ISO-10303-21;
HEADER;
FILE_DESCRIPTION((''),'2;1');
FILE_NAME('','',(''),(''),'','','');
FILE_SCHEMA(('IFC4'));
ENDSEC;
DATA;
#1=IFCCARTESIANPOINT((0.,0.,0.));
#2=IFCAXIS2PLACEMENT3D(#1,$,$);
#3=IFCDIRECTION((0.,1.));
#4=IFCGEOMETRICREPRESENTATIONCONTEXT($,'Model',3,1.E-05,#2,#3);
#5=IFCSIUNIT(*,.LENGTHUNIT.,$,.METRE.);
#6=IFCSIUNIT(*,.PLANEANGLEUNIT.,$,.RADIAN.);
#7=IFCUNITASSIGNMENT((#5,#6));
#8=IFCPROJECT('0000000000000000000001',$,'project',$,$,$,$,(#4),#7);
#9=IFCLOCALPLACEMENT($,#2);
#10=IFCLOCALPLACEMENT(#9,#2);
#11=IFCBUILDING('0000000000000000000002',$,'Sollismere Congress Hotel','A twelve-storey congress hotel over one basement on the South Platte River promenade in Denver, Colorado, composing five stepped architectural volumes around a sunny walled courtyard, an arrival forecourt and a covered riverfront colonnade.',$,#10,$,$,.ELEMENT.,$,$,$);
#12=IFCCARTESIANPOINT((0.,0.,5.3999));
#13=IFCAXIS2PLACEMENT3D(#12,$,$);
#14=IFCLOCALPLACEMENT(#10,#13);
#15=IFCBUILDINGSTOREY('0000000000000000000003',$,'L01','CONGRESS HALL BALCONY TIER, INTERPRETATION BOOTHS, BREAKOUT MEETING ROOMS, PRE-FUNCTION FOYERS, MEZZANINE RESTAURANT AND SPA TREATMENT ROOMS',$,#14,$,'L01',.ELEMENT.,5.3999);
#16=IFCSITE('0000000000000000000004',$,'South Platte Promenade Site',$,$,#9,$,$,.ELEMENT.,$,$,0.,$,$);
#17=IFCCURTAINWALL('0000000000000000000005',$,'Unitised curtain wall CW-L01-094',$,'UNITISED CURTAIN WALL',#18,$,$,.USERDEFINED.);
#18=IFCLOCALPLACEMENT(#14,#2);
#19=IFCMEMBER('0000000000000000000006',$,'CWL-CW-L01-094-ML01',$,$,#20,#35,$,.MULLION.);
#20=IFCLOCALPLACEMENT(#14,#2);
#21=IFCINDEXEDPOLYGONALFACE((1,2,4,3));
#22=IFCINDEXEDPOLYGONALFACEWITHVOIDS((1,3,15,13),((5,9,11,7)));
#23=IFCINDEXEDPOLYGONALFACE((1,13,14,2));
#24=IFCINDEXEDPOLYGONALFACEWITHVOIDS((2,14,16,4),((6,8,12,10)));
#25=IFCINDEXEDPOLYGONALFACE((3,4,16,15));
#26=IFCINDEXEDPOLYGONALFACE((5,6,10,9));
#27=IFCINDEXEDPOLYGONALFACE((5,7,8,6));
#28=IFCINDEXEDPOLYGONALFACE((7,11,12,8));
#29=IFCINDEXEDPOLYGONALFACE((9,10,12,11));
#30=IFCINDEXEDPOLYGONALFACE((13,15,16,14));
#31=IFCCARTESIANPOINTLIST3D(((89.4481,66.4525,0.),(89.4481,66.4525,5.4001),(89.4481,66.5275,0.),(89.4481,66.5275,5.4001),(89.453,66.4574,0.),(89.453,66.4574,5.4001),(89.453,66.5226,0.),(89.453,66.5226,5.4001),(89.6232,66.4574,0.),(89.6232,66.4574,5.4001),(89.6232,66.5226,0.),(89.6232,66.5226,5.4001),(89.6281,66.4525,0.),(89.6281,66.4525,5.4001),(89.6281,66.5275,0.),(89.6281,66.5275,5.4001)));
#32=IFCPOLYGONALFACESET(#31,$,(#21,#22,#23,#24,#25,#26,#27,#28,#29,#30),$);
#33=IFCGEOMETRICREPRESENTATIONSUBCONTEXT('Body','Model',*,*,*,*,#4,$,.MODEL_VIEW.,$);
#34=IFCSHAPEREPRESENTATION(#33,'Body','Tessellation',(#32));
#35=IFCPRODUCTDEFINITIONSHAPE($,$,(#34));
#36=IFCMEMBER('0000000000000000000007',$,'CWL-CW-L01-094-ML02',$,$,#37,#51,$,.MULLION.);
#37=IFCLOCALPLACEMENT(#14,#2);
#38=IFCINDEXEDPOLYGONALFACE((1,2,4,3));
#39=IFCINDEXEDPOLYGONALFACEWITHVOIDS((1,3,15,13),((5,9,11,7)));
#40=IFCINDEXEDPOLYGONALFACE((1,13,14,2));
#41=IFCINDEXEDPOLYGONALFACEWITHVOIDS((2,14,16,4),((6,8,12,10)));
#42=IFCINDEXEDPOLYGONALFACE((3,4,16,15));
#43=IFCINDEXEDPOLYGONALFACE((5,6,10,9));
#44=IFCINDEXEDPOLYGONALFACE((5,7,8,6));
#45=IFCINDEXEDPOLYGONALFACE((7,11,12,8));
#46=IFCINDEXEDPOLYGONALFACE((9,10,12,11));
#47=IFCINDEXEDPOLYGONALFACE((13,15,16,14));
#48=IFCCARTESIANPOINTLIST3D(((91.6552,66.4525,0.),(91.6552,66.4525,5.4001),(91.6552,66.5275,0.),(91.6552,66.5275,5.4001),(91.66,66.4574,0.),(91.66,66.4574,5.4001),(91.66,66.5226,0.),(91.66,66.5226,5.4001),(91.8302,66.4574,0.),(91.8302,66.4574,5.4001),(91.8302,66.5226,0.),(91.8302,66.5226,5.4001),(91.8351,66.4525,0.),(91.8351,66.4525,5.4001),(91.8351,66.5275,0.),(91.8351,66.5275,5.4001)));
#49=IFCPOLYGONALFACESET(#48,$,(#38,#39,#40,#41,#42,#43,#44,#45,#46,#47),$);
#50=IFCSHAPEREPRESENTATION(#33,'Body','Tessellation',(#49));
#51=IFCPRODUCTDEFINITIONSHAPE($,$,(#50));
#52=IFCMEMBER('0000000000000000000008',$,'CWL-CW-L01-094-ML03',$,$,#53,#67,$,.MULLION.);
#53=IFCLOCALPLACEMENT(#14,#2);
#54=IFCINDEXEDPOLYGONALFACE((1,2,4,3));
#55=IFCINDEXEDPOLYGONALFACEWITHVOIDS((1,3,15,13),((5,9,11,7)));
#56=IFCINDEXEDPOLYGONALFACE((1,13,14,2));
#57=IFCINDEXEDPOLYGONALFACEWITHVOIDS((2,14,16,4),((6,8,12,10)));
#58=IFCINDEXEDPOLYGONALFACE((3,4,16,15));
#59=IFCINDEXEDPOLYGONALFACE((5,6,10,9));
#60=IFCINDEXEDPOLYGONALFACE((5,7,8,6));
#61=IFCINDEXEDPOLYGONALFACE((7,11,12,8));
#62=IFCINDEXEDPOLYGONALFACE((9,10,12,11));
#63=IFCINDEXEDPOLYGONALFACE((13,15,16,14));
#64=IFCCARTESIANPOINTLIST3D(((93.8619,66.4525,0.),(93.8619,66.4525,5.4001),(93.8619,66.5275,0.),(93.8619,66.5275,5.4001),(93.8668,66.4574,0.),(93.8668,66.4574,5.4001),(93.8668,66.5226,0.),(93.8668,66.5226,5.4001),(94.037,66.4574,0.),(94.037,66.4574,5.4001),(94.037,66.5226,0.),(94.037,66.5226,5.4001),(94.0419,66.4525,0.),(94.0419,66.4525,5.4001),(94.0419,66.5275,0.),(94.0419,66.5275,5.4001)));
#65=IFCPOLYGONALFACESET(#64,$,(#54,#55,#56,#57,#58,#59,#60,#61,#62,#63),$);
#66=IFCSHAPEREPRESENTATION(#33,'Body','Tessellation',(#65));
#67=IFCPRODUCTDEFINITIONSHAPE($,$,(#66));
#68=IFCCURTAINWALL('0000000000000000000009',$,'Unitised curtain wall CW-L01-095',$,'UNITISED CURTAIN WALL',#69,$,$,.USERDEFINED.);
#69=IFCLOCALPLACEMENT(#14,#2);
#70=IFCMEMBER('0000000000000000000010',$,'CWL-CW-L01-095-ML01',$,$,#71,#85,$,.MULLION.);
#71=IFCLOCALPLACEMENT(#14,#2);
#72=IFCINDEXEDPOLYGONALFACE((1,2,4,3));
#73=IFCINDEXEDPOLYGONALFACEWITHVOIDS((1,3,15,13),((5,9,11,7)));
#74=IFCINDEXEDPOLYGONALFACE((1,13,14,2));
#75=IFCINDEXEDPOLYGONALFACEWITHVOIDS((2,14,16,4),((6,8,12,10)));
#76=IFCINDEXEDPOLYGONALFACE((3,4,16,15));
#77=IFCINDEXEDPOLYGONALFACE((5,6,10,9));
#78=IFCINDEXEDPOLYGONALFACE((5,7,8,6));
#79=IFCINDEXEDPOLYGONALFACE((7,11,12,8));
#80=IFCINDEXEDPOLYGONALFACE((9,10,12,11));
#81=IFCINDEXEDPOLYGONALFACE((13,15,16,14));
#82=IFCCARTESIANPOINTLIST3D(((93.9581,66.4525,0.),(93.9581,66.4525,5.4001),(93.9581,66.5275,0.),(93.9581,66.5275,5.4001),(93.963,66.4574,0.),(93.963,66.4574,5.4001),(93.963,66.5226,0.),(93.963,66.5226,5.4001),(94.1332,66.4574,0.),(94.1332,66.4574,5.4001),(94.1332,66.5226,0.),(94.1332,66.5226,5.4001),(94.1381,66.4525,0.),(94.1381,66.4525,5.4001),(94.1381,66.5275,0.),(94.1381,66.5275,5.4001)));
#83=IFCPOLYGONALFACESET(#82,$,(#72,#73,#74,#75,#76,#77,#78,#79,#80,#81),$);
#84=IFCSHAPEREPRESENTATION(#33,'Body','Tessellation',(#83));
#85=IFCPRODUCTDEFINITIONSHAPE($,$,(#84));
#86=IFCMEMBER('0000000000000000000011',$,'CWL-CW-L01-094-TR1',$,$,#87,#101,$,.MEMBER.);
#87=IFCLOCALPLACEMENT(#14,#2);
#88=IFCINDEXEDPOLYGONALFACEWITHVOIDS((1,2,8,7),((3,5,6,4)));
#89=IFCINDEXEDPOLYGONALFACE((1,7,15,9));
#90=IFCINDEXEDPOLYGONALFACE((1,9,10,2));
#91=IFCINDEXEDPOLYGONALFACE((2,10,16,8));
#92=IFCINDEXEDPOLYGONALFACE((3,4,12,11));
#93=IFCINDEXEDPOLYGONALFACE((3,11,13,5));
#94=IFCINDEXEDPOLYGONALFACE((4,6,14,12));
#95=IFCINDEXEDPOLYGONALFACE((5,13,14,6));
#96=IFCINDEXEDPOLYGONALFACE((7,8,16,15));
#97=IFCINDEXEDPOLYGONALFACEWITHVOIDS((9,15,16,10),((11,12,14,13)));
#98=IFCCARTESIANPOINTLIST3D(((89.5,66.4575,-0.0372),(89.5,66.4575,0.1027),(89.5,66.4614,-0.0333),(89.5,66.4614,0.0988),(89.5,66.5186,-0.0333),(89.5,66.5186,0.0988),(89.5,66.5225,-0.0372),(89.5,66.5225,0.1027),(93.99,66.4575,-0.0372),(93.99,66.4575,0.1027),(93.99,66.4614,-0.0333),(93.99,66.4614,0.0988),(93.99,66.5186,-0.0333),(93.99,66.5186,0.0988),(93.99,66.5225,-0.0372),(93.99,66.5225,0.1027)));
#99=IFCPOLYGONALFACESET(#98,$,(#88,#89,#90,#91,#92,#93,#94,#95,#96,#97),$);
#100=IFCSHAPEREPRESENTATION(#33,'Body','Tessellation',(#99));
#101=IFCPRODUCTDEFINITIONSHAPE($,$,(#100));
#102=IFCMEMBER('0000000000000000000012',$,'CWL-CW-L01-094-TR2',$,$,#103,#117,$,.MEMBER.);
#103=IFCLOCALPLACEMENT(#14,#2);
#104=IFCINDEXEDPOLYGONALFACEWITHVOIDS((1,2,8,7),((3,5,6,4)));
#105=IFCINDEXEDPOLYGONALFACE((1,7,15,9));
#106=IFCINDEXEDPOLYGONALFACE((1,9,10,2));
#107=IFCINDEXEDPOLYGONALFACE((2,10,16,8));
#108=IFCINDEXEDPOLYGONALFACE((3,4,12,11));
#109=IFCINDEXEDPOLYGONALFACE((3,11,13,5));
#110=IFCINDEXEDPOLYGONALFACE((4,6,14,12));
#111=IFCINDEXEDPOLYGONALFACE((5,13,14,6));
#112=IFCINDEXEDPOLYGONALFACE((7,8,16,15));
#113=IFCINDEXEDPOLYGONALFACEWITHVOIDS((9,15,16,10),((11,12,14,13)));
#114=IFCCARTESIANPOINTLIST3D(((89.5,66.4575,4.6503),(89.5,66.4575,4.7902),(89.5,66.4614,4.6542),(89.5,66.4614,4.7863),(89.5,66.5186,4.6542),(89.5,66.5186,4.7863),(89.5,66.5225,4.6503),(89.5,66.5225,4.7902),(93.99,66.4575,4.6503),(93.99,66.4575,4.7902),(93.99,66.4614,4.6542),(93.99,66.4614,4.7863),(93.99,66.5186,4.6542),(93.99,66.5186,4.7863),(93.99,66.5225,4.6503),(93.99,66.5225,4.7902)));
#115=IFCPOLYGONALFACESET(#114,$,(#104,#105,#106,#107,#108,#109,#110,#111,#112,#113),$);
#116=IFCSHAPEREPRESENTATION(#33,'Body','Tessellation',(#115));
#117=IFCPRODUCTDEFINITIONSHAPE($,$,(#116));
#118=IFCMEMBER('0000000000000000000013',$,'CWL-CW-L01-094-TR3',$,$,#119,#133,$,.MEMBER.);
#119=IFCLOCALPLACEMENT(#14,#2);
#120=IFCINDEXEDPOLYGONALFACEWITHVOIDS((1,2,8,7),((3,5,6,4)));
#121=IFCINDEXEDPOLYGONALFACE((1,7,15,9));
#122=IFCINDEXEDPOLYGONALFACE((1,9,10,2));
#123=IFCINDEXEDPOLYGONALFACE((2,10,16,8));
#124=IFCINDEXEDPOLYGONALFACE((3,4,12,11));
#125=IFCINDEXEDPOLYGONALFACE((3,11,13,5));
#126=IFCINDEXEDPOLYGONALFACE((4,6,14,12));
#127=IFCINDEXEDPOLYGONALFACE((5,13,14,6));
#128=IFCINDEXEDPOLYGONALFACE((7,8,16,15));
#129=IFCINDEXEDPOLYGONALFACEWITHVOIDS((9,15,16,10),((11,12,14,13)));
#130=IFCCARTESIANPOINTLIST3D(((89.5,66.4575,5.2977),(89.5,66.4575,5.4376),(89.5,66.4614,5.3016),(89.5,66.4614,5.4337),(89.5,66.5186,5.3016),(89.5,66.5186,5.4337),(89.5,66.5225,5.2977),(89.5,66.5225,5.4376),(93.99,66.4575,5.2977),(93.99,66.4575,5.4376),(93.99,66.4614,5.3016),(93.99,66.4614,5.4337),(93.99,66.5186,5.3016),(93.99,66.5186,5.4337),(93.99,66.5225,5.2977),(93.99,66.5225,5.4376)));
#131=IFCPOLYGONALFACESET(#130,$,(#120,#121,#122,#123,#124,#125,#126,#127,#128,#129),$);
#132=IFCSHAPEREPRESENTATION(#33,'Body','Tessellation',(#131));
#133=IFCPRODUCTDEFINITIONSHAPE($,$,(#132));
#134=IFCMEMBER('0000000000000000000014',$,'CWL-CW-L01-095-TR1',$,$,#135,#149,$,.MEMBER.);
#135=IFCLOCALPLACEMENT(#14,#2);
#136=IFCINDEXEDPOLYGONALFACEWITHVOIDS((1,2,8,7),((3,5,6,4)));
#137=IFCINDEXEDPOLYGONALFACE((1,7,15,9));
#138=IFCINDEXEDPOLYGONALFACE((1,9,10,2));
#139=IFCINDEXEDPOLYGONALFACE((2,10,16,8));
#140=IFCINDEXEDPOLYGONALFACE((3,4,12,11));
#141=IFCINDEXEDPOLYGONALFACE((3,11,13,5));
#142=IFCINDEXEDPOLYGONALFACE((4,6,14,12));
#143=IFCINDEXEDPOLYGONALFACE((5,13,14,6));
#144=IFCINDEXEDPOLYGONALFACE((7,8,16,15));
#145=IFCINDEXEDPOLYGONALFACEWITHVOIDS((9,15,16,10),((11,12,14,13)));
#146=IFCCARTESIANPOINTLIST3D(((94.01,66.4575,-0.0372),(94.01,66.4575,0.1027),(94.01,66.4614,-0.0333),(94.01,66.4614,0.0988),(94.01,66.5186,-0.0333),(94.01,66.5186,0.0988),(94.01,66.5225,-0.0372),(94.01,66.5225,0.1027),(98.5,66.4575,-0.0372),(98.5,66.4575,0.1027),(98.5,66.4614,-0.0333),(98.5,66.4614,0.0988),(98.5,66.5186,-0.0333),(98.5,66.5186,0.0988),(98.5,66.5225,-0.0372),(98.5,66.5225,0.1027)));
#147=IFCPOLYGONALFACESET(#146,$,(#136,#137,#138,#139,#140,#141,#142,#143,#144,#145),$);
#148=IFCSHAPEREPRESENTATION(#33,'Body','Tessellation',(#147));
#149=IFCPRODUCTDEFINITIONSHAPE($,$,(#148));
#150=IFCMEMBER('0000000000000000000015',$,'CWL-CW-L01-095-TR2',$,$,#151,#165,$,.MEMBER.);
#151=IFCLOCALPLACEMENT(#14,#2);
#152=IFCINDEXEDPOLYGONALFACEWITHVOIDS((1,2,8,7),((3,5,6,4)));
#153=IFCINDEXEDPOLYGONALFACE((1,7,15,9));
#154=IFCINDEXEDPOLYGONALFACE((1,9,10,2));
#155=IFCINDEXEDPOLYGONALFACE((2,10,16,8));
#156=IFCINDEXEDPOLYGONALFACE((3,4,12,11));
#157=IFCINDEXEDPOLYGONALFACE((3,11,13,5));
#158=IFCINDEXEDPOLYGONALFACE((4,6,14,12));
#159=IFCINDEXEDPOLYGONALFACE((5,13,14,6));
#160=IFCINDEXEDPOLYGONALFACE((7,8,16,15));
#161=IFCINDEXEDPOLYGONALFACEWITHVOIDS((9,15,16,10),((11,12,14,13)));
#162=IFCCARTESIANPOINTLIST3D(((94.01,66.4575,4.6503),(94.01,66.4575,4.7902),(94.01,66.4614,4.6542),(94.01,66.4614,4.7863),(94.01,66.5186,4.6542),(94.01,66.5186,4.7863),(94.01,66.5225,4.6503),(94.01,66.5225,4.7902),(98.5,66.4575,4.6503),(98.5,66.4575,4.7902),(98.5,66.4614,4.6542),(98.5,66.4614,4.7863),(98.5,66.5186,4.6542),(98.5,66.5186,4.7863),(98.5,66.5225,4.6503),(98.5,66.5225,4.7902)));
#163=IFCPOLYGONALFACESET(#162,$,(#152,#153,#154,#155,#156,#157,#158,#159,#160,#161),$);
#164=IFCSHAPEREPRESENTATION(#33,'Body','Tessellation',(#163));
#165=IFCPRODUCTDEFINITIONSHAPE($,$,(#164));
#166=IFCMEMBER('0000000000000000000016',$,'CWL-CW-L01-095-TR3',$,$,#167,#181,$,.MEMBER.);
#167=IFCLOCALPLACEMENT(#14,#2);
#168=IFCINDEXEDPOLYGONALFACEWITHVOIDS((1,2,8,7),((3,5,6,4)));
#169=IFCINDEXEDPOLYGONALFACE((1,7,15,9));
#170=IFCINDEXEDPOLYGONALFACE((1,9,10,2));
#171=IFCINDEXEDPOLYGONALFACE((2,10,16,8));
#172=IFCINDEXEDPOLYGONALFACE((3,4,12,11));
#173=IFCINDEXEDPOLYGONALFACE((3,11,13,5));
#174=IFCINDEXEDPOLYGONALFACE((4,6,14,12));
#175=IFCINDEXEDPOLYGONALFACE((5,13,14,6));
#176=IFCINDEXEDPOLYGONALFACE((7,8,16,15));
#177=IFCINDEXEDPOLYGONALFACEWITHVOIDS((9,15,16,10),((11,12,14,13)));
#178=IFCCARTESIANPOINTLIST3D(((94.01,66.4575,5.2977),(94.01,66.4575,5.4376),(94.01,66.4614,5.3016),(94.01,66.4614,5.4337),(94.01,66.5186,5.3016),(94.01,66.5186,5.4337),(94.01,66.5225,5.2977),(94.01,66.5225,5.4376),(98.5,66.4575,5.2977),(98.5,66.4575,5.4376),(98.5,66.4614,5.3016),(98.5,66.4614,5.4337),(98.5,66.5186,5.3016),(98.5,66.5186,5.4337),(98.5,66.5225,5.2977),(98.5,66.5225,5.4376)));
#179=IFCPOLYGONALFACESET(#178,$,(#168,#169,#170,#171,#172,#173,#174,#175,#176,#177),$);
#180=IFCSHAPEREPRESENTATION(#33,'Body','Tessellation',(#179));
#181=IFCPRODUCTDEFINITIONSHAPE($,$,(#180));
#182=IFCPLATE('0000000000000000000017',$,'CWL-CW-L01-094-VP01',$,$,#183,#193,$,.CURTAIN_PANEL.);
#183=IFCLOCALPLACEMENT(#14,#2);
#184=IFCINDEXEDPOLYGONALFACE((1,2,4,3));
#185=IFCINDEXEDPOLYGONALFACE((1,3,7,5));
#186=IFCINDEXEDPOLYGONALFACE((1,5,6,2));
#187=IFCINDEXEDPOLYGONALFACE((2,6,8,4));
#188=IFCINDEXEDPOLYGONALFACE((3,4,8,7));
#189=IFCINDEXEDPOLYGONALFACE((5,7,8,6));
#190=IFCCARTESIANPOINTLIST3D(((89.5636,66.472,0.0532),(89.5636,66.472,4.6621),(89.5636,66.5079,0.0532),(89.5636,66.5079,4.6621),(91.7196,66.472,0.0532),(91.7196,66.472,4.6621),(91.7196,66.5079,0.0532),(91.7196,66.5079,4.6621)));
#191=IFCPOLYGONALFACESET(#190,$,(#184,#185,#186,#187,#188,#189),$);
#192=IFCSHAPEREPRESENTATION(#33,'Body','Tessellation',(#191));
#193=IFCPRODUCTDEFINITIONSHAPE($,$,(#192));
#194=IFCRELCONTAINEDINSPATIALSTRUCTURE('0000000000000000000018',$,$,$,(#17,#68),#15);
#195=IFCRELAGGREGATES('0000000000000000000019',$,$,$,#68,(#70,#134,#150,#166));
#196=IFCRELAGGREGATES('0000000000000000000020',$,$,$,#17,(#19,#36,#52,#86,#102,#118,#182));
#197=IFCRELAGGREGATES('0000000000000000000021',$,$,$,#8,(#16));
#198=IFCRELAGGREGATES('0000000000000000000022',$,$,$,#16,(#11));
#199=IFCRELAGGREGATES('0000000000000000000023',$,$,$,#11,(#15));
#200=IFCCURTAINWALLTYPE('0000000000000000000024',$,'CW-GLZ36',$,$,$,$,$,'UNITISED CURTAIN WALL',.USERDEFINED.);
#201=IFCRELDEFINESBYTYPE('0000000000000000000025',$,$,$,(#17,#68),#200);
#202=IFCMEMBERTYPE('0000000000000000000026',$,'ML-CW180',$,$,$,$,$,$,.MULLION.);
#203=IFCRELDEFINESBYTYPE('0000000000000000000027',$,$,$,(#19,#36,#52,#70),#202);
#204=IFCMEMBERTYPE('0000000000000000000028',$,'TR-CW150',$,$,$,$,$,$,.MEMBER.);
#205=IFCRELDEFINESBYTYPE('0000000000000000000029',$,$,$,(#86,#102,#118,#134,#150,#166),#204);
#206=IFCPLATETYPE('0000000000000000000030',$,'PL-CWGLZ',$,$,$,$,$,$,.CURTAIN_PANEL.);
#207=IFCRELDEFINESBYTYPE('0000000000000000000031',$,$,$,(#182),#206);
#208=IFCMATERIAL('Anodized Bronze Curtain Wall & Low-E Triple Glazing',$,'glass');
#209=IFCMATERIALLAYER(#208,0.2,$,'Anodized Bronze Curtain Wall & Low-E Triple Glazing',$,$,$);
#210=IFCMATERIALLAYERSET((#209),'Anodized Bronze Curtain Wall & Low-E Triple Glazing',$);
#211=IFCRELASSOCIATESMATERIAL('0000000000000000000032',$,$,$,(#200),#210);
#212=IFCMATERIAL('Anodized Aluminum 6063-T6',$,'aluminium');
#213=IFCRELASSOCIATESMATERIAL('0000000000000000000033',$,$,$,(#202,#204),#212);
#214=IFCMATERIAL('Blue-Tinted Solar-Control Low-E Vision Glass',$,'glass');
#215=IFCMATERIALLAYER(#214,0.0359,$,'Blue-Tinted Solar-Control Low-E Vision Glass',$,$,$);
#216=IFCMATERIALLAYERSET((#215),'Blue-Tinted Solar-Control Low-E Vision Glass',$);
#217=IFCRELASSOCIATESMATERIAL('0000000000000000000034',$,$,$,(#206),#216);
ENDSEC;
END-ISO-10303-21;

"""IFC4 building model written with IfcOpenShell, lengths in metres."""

from ifc_helpers import new_model, si_unit, direction, frame, origin, origin_2d, place, context, subcontext, project, spatial, rectangle, hollow_rectangle, extrude, material, layer, layer_set, material_profile, profile_set, type_object, element, aggregate, save


model = new_model("IFC4")

# Units and contexts
model_context = context("Model", 3, precision=1e-05, world=origin(), true_north=direction((0.0, 1.0)))
body_context = subcontext(model_context, "Body", "Model", "MODEL_VIEW")
ifc_project = project(units=[si_unit("LENGTHUNIT", "METRE"), si_unit("PLANEANGLEUNIT", "RADIAN")], contexts=[model_context])

# Site, building, storey
site_placement = place(None, origin())
site = spatial("IfcSite", under=ifc_project, at=site_placement, Name="South Platte Promenade Site", CompositionType="ELEMENT", RefElevation=0.0)
building_placement = place(site_placement, origin())
building = spatial("IfcBuilding", under=site, at=building_placement, Name="Sollismere Congress Hotel", Description="A twelve-storey congress hotel over one basement on the South Platte River promenade in Denver, Colorado, composing five stepped architectural volumes around a sunny walled courtyard, an arrival forecourt and a covered riverfront colonnade.", CompositionType="ELEMENT")
storey_placement = place(building_placement, frame((0.0, 0.0, 5.3999)))
storey = spatial("IfcBuildingStorey", under=building, at=storey_placement, Name="L01", Description="CONGRESS HALL BALCONY TIER, INTERPRETATION BOOTHS, BREAKOUT MEETING ROOMS, PRE-FUNCTION FOYERS, MEZZANINE RESTAURANT AND SPA TREATMENT ROOMS", LongName="L01", CompositionType="ELEMENT", Elevation=5.3999)

# Curtain wall, members
ifc_material_1 = material(Name="Anodized Bronze Curtain Wall & Low-E Triple Glazing", Category="glass")
ifc_layer_1 = layer(ifc_material_1, 0.2, Name="Anodized Bronze Curtain Wall & Low-E Triple Glazing")
ifc_layer_set_1 = layer_set([ifc_layer_1], Name="Anodized Bronze Curtain Wall & Low-E Triple Glazing")
curtain_wall_type = type_object("IfcCurtainWallType", Name="CW-GLZ36", ElementType="UNITISED CURTAIN WALL", PredefinedType="USERDEFINED", material=ifc_layer_set_1)
curtain_wall_1_placement = place(storey_placement, origin())
curtain_wall_1 = element("IfcCurtainWall", 1, at=curtain_wall_1_placement, inside=storey, type_object=curtain_wall_type, Name="Unitised curtain wall CW-L01-094", ObjectType="UNITISED CURTAIN WALL", PredefinedType="USERDEFINED")
ifc_material_2 = material(Name="Anodized Aluminum 6063-T6", Category="aluminium")
ifc_material_profile_1 = material_profile(ifc_material_2, hollow_rectangle(XDim=0.075, YDim=0.1799, WallThickness=0.0049, at=origin_2d()), Name="ALU180X75X5")
ifc_profile_set_1 = profile_set([ifc_material_profile_1], Name="Anodized Aluminum 6063-T6")
member_type_1 = type_object("IfcMemberType", Name="ML-CW180", PredefinedType="MULLION", material=ifc_profile_set_1)
member_1_placement = place(storey_placement, frame((89.5381, 66.49, 0.0), z_axis=(0.0, 0.0, 1.0), x_axis=(0.0, 1.0, 0.0)))
member_1 = element("IfcMember", 2, at=member_1_placement, type_object=member_type_1, Name="CWL-CW-L01-094-ML01", PredefinedType="MULLION", context=body_context, shape_type="SweptSolid", body=[
    extrude(hollow_rectangle(XDim=0.075, YDim=0.1799, WallThickness=0.0049, at=origin_2d()), origin(), (0.0, 0.0, 1.0), 5.4001),
])
member_2_placement = place(storey_placement, frame((91.7451, 66.49, 0.0), z_axis=(0.0, 0.0, 1.0), x_axis=(0.0, 1.0, 0.0)))
member_2 = element("IfcMember", 3, at=member_2_placement, type_object=member_type_1, Name="CWL-CW-L01-094-ML02", PredefinedType="MULLION", context=body_context, shape_type="SweptSolid", body=[
    extrude(hollow_rectangle(XDim=0.075, YDim=0.1799, WallThickness=0.0049, at=origin_2d()), origin(), (0.0, 0.0, 1.0), 5.4001),
])
member_3_placement = place(storey_placement, frame((93.9519, 66.49, 0.0), z_axis=(0.0, 0.0, 1.0), x_axis=(0.0, 1.0, 0.0)))
member_3 = element("IfcMember", 4, at=member_3_placement, type_object=member_type_1, Name="CWL-CW-L01-094-ML03", PredefinedType="MULLION", context=body_context, shape_type="SweptSolid", body=[
    extrude(hollow_rectangle(XDim=0.075, YDim=0.1799, WallThickness=0.0049, at=origin_2d()), origin(), (0.0, 0.0, 1.0), 5.4001),
])

# Curtain wall, member
curtain_wall_2_placement = place(storey_placement, origin())
curtain_wall_2 = element("IfcCurtainWall", 5, at=curtain_wall_2_placement, inside=storey, type_object=curtain_wall_type, Name="Unitised curtain wall CW-L01-095", ObjectType="UNITISED CURTAIN WALL", PredefinedType="USERDEFINED")
member_4_placement = place(storey_placement, frame((94.0481, 66.49, 0.0), z_axis=(0.0, 0.0, 1.0), x_axis=(0.0, 1.0, 0.0)))
member_4 = element("IfcMember", 6, at=member_4_placement, type_object=member_type_1, Name="CWL-CW-L01-095-ML01", PredefinedType="MULLION", context=body_context, shape_type="SweptSolid", body=[
    extrude(hollow_rectangle(XDim=0.075, YDim=0.1799, WallThickness=0.0049, at=origin_2d()), origin(), (0.0, 0.0, 1.0), 5.4001),
])

# Members
ifc_material_profile_2 = material_profile(ifc_material_2, hollow_rectangle(XDim=0.0649, YDim=0.1399, WallThickness=0.0039, at=origin_2d()), Name="ALU140X65X4")
ifc_profile_set_2 = profile_set([ifc_material_profile_2], Name="Anodized Aluminum 6063-T6")
member_type_2 = type_object("IfcMemberType", Name="TR-CW150", PredefinedType="MEMBER", material=ifc_profile_set_2)
member_5_placement = place(storey_placement, frame((89.5, 66.49, 0.0327), z_axis=(1.0, 0.0, 0.0), x_axis=(0.0, 1.0, 0.0)))
member_5 = element("IfcMember", 7, at=member_5_placement, type_object=member_type_2, Name="CWL-CW-L01-094-TR1", PredefinedType="MEMBER", context=body_context, shape_type="SweptSolid", body=[
    extrude(hollow_rectangle(XDim=0.0649, YDim=0.1399, WallThickness=0.0039, at=origin_2d()), origin(), (0.0, 0.0, 1.0), 4.49),
])
member_6_placement = place(storey_placement, frame((89.5, 66.49, 4.7202), z_axis=(1.0, 0.0, 0.0), x_axis=(0.0, 1.0, 0.0)))
member_6 = element("IfcMember", 8, at=member_6_placement, type_object=member_type_2, Name="CWL-CW-L01-094-TR2", PredefinedType="MEMBER", context=body_context, shape_type="SweptSolid", body=[
    extrude(hollow_rectangle(XDim=0.0649, YDim=0.1399, WallThickness=0.0039, at=origin_2d()), origin(), (0.0, 0.0, 1.0), 4.49),
])
member_7_placement = place(storey_placement, frame((89.5, 66.49, 5.3677), z_axis=(1.0, 0.0, 0.0), x_axis=(0.0, 1.0, 0.0)))
member_7 = element("IfcMember", 9, at=member_7_placement, type_object=member_type_2, Name="CWL-CW-L01-094-TR3", PredefinedType="MEMBER", context=body_context, shape_type="SweptSolid", body=[
    extrude(hollow_rectangle(XDim=0.0649, YDim=0.1399, WallThickness=0.0039, at=origin_2d()), origin(), (0.0, 0.0, 1.0), 4.49),
])
member_8_placement = place(storey_placement, frame((94.01, 66.49, 0.0327), z_axis=(1.0, 0.0, 0.0), x_axis=(0.0, 1.0, 0.0)))
member_8 = element("IfcMember", 10, at=member_8_placement, type_object=member_type_2, Name="CWL-CW-L01-095-TR1", PredefinedType="MEMBER", context=body_context, shape_type="SweptSolid", body=[
    extrude(hollow_rectangle(XDim=0.0649, YDim=0.1399, WallThickness=0.0039, at=origin_2d()), origin(), (0.0, 0.0, 1.0), 4.49),
])
member_9_placement = place(storey_placement, frame((94.01, 66.49, 4.7202), z_axis=(1.0, 0.0, 0.0), x_axis=(0.0, 1.0, 0.0)))
member_9 = element("IfcMember", 11, at=member_9_placement, type_object=member_type_2, Name="CWL-CW-L01-095-TR2", PredefinedType="MEMBER", context=body_context, shape_type="SweptSolid", body=[
    extrude(hollow_rectangle(XDim=0.0649, YDim=0.1399, WallThickness=0.0039, at=origin_2d()), origin(), (0.0, 0.0, 1.0), 4.49),
])
member_10_placement = place(storey_placement, frame((94.01, 66.49, 5.3677), z_axis=(1.0, 0.0, 0.0), x_axis=(0.0, 1.0, 0.0)))
member_10 = element("IfcMember", 12, at=member_10_placement, type_object=member_type_2, Name="CWL-CW-L01-095-TR3", PredefinedType="MEMBER", context=body_context, shape_type="SweptSolid", body=[
    extrude(hollow_rectangle(XDim=0.0649, YDim=0.1399, WallThickness=0.0039, at=origin_2d()), origin(), (0.0, 0.0, 1.0), 4.49),
])
aggregate(curtain_wall_2, [member_4, member_8, member_9, member_10])

# Plate
ifc_material_3 = material(Name="Blue-Tinted Solar-Control Low-E Vision Glass", Category="glass")
ifc_layer_2 = layer(ifc_material_3, 0.0359, Name="Blue-Tinted Solar-Control Low-E Vision Glass")
ifc_layer_set_2 = layer_set([ifc_layer_2], Name="Blue-Tinted Solar-Control Low-E Vision Glass")
plate_type_1 = type_object("IfcPlateType", Name="PL-CWGLZ", PredefinedType="CURTAIN_PANEL", material=ifc_layer_set_2)
plate_1_placement = place(storey_placement, frame((90.6416, 66.49, 0.0532), z_axis=(0.0, 0.0, 1.0), x_axis=(1.0, 0.0, 0.0)))
plate_1 = element("IfcPlate", 13, at=plate_1_placement, type_object=plate_type_1, Name="CWL-CW-L01-094-VP01", PredefinedType="CURTAIN_PANEL", context=body_context, shape_type="SweptSolid", body=[
    extrude(rectangle(XDim=2.156, YDim=0.0359, at=origin_2d()), origin(), (0.0, 0.0, 1.0), 4.6089),
])
aggregate(curtain_wall_1, [member_1, member_2, member_3, member_5, member_6, member_7, plate_1])

save(model, "model.ifc")
